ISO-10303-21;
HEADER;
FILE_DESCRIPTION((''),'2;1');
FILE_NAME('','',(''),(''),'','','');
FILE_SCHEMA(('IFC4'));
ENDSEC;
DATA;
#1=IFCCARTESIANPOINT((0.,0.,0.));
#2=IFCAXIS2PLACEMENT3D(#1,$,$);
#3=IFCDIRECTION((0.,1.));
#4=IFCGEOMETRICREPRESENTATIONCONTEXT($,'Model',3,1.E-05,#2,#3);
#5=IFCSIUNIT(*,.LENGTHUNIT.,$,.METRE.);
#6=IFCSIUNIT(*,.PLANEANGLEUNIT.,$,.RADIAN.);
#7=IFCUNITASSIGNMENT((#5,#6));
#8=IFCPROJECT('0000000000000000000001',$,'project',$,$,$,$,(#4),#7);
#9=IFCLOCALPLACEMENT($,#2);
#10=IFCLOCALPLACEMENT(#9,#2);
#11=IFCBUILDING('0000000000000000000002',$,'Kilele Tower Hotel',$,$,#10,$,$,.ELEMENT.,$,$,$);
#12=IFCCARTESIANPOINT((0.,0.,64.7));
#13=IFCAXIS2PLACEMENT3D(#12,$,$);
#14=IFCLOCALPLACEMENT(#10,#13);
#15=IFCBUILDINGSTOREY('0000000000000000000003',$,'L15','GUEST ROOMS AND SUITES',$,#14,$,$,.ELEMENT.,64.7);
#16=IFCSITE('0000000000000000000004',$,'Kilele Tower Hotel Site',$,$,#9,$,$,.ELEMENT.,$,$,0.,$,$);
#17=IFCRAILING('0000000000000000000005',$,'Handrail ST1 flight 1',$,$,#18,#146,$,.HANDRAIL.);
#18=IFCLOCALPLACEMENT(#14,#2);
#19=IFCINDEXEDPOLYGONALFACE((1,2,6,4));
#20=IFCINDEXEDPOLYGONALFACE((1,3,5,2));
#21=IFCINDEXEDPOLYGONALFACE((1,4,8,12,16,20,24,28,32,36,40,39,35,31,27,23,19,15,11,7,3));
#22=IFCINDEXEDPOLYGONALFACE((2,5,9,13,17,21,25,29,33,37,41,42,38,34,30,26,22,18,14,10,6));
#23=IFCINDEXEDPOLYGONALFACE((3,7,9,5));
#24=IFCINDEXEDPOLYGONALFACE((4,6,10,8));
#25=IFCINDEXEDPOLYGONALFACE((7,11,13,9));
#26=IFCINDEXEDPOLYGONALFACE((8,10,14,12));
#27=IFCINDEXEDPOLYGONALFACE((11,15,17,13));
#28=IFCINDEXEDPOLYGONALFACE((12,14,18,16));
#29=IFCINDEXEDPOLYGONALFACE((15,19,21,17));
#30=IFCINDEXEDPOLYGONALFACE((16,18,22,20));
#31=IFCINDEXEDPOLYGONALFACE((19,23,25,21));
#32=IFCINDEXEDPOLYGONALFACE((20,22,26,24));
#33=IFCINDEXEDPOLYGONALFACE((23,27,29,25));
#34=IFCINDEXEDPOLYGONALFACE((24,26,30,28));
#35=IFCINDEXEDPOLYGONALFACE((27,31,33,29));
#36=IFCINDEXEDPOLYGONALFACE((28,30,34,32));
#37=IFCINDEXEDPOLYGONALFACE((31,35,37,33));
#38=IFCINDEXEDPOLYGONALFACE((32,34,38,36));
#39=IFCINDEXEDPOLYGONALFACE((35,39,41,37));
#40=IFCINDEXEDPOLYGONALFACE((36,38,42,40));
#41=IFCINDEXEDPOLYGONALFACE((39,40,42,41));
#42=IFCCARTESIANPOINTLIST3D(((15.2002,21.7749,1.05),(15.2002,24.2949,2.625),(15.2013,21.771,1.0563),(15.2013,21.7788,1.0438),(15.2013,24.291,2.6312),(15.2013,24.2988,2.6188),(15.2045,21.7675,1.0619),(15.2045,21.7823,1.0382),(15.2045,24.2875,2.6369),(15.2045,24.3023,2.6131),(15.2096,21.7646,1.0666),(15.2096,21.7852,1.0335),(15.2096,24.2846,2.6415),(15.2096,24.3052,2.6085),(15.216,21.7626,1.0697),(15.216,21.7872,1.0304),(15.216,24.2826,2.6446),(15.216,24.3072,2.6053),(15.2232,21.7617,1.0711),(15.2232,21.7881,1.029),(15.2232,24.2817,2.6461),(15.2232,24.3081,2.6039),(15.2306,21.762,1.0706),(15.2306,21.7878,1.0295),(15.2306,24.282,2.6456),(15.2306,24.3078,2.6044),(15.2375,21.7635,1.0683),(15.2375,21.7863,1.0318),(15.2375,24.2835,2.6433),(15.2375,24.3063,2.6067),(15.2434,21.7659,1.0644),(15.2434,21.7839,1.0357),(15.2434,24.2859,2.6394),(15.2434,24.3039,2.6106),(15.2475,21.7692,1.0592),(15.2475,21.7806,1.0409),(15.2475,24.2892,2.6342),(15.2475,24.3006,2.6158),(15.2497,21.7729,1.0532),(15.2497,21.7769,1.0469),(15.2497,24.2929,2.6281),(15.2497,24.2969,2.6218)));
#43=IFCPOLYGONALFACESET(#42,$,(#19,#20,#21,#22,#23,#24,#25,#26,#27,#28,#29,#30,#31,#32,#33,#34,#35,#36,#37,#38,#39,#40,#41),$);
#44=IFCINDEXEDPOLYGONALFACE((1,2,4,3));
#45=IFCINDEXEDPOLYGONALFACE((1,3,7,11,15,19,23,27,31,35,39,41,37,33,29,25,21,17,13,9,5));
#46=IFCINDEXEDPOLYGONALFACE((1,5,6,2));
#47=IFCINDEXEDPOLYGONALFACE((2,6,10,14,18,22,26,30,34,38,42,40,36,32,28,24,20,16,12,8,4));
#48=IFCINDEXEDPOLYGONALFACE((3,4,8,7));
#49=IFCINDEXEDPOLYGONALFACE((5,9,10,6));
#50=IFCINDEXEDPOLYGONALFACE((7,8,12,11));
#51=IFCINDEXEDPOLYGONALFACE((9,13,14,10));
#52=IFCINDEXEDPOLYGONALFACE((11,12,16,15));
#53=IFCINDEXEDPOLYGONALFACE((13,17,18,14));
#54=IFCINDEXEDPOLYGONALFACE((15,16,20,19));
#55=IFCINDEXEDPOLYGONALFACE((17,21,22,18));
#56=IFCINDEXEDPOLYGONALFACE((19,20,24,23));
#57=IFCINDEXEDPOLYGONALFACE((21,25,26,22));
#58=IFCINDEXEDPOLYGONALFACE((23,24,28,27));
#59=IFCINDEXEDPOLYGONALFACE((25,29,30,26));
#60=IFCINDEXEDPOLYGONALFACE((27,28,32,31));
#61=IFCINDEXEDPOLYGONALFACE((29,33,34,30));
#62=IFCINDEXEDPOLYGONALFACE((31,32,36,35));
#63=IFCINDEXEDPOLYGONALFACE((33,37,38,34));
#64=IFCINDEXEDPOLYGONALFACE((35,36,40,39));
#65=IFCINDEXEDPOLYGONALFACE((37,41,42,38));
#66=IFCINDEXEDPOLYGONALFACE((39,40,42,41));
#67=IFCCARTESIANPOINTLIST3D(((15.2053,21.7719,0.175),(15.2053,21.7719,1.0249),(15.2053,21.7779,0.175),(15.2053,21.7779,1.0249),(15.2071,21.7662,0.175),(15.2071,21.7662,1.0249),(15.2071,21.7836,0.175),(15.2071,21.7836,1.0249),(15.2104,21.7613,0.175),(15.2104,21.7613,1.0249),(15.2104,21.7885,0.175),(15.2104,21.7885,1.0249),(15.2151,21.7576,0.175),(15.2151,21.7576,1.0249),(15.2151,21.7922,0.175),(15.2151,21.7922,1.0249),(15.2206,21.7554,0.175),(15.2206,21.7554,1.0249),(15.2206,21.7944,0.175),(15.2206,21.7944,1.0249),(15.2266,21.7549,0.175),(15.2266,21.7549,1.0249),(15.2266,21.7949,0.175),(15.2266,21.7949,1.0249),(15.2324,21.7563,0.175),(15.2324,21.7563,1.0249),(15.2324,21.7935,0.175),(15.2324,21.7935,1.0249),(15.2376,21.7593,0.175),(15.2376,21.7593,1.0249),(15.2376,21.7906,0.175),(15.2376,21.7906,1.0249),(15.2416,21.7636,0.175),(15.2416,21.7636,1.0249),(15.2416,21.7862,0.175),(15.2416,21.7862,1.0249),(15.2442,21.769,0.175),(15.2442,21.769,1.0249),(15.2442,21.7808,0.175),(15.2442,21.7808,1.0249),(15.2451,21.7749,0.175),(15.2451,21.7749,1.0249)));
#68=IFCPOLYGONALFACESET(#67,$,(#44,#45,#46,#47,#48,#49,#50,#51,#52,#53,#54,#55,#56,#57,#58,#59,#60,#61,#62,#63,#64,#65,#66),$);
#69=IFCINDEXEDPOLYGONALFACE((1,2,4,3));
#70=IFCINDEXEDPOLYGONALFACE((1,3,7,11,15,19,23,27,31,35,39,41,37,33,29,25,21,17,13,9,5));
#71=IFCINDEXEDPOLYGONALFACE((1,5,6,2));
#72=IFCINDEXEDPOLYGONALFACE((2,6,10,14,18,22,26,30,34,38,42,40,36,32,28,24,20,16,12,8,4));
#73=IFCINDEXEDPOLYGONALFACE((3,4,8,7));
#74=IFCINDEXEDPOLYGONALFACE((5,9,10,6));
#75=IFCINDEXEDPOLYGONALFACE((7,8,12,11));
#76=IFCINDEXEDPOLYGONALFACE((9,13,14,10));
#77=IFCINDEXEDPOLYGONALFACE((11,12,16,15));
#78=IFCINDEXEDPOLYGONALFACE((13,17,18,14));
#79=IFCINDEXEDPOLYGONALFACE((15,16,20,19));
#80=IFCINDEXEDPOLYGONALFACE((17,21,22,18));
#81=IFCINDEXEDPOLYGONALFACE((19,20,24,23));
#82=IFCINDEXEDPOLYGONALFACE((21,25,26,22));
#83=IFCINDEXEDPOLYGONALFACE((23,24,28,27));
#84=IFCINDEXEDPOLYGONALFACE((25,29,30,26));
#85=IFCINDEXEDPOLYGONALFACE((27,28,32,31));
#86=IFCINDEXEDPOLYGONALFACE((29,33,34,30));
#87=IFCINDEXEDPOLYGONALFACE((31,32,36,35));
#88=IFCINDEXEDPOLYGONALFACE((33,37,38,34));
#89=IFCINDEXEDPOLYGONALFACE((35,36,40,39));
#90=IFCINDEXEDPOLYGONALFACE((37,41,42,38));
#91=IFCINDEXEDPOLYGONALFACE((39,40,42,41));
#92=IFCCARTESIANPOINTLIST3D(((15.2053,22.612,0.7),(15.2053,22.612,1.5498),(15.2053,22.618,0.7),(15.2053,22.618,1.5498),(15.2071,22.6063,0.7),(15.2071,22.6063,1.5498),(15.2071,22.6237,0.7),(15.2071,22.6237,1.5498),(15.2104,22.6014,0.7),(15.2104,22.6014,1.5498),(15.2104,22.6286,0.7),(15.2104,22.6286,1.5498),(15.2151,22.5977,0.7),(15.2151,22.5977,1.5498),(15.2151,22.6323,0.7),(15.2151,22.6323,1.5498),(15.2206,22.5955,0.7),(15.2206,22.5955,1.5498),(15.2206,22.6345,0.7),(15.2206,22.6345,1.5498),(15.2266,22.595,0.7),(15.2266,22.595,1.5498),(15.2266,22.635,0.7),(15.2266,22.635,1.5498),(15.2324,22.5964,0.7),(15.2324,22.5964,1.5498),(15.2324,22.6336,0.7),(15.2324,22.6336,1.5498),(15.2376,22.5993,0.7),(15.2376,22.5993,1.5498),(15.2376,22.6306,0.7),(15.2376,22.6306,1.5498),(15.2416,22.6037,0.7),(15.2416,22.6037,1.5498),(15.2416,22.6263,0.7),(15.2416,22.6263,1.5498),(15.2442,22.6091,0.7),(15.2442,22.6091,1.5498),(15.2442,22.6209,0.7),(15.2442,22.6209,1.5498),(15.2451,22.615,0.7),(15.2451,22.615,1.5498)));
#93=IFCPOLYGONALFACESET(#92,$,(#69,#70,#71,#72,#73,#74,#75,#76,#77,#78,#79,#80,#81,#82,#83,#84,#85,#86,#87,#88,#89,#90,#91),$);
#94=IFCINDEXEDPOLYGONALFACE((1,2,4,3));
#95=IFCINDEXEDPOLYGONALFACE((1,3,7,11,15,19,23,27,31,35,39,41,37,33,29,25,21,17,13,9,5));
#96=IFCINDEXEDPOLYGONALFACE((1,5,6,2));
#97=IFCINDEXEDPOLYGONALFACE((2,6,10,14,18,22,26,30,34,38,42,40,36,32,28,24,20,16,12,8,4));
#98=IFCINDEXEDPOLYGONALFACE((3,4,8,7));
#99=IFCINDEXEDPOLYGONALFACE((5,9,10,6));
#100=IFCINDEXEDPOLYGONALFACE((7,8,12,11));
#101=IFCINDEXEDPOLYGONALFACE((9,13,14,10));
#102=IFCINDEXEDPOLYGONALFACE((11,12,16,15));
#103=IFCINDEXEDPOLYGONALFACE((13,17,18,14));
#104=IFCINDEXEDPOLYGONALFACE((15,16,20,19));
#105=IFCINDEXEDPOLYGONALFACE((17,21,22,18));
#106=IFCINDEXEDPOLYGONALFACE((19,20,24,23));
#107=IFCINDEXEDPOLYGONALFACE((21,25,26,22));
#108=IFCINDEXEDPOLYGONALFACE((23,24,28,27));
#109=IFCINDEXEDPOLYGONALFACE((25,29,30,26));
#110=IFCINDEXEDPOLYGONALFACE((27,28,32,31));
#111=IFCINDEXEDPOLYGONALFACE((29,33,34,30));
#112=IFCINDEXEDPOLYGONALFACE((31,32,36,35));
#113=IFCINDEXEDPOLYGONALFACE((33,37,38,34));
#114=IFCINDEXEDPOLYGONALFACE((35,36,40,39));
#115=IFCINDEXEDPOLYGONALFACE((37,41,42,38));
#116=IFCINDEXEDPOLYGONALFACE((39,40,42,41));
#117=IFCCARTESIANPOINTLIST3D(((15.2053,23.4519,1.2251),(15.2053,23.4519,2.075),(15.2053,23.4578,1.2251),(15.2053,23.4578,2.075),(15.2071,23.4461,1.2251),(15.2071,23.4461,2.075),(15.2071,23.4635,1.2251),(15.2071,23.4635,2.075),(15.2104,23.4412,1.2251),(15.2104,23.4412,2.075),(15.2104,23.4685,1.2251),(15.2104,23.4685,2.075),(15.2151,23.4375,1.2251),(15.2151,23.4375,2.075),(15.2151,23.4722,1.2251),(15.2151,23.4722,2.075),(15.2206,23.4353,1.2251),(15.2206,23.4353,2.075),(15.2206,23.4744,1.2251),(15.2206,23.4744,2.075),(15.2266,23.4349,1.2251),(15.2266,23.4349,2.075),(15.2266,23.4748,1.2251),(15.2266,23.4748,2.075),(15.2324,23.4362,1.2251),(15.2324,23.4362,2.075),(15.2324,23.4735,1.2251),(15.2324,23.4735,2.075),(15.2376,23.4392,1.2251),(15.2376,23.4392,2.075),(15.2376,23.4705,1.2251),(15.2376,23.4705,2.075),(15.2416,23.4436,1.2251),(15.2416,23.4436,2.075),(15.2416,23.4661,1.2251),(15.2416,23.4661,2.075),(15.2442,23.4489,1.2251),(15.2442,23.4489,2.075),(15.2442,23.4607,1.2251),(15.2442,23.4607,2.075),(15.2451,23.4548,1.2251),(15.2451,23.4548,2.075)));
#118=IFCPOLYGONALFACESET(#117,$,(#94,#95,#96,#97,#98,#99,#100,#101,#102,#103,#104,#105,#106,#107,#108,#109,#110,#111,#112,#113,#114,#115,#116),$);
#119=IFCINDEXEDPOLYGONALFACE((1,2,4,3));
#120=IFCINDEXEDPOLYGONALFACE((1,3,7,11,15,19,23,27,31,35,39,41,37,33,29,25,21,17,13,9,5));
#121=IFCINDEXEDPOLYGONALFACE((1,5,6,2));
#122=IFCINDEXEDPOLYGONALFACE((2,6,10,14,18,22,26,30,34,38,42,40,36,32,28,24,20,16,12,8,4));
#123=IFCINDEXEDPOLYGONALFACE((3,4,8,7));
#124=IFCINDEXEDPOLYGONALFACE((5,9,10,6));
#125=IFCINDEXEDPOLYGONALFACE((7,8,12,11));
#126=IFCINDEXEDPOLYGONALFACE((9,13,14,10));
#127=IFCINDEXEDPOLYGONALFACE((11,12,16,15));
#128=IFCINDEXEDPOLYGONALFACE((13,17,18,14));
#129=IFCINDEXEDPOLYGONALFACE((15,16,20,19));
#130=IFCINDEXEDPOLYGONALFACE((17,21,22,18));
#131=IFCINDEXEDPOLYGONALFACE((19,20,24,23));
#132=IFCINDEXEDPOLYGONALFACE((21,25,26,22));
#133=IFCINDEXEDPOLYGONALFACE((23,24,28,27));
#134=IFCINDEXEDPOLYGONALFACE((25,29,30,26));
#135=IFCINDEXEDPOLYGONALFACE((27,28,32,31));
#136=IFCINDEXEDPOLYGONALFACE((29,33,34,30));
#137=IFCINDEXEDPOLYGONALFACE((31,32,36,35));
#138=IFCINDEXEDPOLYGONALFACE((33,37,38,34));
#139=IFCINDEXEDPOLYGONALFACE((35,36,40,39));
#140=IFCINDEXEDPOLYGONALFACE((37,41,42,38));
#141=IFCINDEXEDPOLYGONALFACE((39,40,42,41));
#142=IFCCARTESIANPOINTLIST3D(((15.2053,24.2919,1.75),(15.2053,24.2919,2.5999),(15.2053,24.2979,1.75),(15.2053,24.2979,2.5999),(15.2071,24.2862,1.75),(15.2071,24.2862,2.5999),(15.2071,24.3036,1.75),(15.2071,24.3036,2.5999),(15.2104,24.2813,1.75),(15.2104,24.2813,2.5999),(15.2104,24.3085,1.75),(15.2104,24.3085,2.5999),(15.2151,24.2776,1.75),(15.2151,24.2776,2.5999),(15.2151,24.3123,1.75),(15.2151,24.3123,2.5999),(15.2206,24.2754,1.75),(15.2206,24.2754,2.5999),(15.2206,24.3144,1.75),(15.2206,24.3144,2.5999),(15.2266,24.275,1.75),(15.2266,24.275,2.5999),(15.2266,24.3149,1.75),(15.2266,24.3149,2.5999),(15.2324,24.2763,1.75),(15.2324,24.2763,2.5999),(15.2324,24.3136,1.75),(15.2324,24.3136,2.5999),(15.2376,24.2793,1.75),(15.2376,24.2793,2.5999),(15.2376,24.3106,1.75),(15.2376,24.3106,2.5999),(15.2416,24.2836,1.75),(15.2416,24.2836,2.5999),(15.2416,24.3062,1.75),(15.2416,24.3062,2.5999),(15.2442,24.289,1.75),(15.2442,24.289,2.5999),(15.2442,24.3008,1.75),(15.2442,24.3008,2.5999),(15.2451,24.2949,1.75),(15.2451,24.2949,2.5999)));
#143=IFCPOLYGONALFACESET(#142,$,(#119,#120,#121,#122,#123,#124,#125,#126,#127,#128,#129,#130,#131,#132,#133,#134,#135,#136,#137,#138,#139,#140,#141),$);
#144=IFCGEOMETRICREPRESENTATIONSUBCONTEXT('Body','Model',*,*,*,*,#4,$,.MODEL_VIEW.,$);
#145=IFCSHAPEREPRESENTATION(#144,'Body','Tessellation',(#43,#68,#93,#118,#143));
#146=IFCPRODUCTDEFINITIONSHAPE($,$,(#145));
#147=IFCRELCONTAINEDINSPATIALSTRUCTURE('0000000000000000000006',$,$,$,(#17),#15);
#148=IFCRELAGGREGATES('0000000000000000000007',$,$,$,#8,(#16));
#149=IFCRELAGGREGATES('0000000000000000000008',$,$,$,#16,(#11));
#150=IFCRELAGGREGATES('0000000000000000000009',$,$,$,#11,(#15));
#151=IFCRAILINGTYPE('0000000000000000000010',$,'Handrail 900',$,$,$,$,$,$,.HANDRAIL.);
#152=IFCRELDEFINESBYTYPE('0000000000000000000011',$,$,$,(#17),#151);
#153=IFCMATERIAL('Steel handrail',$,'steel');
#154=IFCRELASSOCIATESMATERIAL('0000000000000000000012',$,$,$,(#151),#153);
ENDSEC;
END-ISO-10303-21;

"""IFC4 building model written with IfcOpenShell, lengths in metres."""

from ifc_helpers import new_model, si_unit, direction, frame, origin, origin_2d, place, context, subcontext, project, spatial, circle, extrude, material, type_object, element, save


model = new_model("IFC4")

# Units and contexts
model_context = context("Model", 3, precision=1e-05, world=origin(), true_north=direction((0.0, 1.0)))
body_context = subcontext(model_context, "Body", "Model", "MODEL_VIEW")
ifc_project = project(units=[si_unit("LENGTHUNIT", "METRE"), si_unit("PLANEANGLEUNIT", "RADIAN")], contexts=[model_context])

# Site, building, storey
site_placement = place(None, origin())
site = spatial("IfcSite", under=ifc_project, at=site_placement, Name="Kilele Tower Hotel Site", CompositionType="ELEMENT", RefElevation=0.0)
building_placement = place(site_placement, origin())
building = spatial("IfcBuilding", under=site, at=building_placement, Name="Kilele Tower Hotel", CompositionType="ELEMENT")
storey_placement = place(building_placement, frame((0.0, 0.0, 64.7)))
storey = spatial("IfcBuildingStorey", under=building, at=storey_placement, Name="L15", Description="GUEST ROOMS AND SUITES", CompositionType="ELEMENT", Elevation=64.7)

# Railing
ifc_material_1 = material(Name="Steel handrail", Category="steel")
railing_type_1 = type_object("IfcRailingType", Name="Handrail 900", PredefinedType="HANDRAIL", material=ifc_material_1)
for number, where, name in (
    (1, (15.2251, 21.7749, 0.175), "Handrail ST1 flight 1"),
):
    element("IfcRailing", number, at=place(storey_placement, frame(where)), inside=storey, type_object=railing_type_1, Name=name, PredefinedType="HANDRAIL", context=body_context, shape_type="SweptSolid", body=[
        extrude(circle(Radius=0.0249, at=origin_2d()), frame((0.0, 0.0, 0.875), z_axis=(0.0, 0.848008, 0.529984), x_axis=(-1.0, 0.0, 0.0)), (0.0, 0.0, 1.0), 2.9717),
        extrude(circle(Radius=0.02, at=origin_2d()), origin(), (0.0, 0.0, 1.0), 0.8499),
        extrude(circle(Radius=0.02, at=origin_2d()), frame((0.0, 0.8401, 0.5249)), (0.0, 0.0, 1.0), 0.8499),
        extrude(circle(Radius=0.02, at=origin_2d()), frame((0.0, 1.6799, 1.05)), (0.0, 0.0, 1.0), 0.8499),
        extrude(circle(Radius=0.02, at=origin_2d()), frame((0.0, 2.52, 1.575)), (0.0, 0.0, 1.0), 0.8499),
    ])

save(model, "model.ifc")
